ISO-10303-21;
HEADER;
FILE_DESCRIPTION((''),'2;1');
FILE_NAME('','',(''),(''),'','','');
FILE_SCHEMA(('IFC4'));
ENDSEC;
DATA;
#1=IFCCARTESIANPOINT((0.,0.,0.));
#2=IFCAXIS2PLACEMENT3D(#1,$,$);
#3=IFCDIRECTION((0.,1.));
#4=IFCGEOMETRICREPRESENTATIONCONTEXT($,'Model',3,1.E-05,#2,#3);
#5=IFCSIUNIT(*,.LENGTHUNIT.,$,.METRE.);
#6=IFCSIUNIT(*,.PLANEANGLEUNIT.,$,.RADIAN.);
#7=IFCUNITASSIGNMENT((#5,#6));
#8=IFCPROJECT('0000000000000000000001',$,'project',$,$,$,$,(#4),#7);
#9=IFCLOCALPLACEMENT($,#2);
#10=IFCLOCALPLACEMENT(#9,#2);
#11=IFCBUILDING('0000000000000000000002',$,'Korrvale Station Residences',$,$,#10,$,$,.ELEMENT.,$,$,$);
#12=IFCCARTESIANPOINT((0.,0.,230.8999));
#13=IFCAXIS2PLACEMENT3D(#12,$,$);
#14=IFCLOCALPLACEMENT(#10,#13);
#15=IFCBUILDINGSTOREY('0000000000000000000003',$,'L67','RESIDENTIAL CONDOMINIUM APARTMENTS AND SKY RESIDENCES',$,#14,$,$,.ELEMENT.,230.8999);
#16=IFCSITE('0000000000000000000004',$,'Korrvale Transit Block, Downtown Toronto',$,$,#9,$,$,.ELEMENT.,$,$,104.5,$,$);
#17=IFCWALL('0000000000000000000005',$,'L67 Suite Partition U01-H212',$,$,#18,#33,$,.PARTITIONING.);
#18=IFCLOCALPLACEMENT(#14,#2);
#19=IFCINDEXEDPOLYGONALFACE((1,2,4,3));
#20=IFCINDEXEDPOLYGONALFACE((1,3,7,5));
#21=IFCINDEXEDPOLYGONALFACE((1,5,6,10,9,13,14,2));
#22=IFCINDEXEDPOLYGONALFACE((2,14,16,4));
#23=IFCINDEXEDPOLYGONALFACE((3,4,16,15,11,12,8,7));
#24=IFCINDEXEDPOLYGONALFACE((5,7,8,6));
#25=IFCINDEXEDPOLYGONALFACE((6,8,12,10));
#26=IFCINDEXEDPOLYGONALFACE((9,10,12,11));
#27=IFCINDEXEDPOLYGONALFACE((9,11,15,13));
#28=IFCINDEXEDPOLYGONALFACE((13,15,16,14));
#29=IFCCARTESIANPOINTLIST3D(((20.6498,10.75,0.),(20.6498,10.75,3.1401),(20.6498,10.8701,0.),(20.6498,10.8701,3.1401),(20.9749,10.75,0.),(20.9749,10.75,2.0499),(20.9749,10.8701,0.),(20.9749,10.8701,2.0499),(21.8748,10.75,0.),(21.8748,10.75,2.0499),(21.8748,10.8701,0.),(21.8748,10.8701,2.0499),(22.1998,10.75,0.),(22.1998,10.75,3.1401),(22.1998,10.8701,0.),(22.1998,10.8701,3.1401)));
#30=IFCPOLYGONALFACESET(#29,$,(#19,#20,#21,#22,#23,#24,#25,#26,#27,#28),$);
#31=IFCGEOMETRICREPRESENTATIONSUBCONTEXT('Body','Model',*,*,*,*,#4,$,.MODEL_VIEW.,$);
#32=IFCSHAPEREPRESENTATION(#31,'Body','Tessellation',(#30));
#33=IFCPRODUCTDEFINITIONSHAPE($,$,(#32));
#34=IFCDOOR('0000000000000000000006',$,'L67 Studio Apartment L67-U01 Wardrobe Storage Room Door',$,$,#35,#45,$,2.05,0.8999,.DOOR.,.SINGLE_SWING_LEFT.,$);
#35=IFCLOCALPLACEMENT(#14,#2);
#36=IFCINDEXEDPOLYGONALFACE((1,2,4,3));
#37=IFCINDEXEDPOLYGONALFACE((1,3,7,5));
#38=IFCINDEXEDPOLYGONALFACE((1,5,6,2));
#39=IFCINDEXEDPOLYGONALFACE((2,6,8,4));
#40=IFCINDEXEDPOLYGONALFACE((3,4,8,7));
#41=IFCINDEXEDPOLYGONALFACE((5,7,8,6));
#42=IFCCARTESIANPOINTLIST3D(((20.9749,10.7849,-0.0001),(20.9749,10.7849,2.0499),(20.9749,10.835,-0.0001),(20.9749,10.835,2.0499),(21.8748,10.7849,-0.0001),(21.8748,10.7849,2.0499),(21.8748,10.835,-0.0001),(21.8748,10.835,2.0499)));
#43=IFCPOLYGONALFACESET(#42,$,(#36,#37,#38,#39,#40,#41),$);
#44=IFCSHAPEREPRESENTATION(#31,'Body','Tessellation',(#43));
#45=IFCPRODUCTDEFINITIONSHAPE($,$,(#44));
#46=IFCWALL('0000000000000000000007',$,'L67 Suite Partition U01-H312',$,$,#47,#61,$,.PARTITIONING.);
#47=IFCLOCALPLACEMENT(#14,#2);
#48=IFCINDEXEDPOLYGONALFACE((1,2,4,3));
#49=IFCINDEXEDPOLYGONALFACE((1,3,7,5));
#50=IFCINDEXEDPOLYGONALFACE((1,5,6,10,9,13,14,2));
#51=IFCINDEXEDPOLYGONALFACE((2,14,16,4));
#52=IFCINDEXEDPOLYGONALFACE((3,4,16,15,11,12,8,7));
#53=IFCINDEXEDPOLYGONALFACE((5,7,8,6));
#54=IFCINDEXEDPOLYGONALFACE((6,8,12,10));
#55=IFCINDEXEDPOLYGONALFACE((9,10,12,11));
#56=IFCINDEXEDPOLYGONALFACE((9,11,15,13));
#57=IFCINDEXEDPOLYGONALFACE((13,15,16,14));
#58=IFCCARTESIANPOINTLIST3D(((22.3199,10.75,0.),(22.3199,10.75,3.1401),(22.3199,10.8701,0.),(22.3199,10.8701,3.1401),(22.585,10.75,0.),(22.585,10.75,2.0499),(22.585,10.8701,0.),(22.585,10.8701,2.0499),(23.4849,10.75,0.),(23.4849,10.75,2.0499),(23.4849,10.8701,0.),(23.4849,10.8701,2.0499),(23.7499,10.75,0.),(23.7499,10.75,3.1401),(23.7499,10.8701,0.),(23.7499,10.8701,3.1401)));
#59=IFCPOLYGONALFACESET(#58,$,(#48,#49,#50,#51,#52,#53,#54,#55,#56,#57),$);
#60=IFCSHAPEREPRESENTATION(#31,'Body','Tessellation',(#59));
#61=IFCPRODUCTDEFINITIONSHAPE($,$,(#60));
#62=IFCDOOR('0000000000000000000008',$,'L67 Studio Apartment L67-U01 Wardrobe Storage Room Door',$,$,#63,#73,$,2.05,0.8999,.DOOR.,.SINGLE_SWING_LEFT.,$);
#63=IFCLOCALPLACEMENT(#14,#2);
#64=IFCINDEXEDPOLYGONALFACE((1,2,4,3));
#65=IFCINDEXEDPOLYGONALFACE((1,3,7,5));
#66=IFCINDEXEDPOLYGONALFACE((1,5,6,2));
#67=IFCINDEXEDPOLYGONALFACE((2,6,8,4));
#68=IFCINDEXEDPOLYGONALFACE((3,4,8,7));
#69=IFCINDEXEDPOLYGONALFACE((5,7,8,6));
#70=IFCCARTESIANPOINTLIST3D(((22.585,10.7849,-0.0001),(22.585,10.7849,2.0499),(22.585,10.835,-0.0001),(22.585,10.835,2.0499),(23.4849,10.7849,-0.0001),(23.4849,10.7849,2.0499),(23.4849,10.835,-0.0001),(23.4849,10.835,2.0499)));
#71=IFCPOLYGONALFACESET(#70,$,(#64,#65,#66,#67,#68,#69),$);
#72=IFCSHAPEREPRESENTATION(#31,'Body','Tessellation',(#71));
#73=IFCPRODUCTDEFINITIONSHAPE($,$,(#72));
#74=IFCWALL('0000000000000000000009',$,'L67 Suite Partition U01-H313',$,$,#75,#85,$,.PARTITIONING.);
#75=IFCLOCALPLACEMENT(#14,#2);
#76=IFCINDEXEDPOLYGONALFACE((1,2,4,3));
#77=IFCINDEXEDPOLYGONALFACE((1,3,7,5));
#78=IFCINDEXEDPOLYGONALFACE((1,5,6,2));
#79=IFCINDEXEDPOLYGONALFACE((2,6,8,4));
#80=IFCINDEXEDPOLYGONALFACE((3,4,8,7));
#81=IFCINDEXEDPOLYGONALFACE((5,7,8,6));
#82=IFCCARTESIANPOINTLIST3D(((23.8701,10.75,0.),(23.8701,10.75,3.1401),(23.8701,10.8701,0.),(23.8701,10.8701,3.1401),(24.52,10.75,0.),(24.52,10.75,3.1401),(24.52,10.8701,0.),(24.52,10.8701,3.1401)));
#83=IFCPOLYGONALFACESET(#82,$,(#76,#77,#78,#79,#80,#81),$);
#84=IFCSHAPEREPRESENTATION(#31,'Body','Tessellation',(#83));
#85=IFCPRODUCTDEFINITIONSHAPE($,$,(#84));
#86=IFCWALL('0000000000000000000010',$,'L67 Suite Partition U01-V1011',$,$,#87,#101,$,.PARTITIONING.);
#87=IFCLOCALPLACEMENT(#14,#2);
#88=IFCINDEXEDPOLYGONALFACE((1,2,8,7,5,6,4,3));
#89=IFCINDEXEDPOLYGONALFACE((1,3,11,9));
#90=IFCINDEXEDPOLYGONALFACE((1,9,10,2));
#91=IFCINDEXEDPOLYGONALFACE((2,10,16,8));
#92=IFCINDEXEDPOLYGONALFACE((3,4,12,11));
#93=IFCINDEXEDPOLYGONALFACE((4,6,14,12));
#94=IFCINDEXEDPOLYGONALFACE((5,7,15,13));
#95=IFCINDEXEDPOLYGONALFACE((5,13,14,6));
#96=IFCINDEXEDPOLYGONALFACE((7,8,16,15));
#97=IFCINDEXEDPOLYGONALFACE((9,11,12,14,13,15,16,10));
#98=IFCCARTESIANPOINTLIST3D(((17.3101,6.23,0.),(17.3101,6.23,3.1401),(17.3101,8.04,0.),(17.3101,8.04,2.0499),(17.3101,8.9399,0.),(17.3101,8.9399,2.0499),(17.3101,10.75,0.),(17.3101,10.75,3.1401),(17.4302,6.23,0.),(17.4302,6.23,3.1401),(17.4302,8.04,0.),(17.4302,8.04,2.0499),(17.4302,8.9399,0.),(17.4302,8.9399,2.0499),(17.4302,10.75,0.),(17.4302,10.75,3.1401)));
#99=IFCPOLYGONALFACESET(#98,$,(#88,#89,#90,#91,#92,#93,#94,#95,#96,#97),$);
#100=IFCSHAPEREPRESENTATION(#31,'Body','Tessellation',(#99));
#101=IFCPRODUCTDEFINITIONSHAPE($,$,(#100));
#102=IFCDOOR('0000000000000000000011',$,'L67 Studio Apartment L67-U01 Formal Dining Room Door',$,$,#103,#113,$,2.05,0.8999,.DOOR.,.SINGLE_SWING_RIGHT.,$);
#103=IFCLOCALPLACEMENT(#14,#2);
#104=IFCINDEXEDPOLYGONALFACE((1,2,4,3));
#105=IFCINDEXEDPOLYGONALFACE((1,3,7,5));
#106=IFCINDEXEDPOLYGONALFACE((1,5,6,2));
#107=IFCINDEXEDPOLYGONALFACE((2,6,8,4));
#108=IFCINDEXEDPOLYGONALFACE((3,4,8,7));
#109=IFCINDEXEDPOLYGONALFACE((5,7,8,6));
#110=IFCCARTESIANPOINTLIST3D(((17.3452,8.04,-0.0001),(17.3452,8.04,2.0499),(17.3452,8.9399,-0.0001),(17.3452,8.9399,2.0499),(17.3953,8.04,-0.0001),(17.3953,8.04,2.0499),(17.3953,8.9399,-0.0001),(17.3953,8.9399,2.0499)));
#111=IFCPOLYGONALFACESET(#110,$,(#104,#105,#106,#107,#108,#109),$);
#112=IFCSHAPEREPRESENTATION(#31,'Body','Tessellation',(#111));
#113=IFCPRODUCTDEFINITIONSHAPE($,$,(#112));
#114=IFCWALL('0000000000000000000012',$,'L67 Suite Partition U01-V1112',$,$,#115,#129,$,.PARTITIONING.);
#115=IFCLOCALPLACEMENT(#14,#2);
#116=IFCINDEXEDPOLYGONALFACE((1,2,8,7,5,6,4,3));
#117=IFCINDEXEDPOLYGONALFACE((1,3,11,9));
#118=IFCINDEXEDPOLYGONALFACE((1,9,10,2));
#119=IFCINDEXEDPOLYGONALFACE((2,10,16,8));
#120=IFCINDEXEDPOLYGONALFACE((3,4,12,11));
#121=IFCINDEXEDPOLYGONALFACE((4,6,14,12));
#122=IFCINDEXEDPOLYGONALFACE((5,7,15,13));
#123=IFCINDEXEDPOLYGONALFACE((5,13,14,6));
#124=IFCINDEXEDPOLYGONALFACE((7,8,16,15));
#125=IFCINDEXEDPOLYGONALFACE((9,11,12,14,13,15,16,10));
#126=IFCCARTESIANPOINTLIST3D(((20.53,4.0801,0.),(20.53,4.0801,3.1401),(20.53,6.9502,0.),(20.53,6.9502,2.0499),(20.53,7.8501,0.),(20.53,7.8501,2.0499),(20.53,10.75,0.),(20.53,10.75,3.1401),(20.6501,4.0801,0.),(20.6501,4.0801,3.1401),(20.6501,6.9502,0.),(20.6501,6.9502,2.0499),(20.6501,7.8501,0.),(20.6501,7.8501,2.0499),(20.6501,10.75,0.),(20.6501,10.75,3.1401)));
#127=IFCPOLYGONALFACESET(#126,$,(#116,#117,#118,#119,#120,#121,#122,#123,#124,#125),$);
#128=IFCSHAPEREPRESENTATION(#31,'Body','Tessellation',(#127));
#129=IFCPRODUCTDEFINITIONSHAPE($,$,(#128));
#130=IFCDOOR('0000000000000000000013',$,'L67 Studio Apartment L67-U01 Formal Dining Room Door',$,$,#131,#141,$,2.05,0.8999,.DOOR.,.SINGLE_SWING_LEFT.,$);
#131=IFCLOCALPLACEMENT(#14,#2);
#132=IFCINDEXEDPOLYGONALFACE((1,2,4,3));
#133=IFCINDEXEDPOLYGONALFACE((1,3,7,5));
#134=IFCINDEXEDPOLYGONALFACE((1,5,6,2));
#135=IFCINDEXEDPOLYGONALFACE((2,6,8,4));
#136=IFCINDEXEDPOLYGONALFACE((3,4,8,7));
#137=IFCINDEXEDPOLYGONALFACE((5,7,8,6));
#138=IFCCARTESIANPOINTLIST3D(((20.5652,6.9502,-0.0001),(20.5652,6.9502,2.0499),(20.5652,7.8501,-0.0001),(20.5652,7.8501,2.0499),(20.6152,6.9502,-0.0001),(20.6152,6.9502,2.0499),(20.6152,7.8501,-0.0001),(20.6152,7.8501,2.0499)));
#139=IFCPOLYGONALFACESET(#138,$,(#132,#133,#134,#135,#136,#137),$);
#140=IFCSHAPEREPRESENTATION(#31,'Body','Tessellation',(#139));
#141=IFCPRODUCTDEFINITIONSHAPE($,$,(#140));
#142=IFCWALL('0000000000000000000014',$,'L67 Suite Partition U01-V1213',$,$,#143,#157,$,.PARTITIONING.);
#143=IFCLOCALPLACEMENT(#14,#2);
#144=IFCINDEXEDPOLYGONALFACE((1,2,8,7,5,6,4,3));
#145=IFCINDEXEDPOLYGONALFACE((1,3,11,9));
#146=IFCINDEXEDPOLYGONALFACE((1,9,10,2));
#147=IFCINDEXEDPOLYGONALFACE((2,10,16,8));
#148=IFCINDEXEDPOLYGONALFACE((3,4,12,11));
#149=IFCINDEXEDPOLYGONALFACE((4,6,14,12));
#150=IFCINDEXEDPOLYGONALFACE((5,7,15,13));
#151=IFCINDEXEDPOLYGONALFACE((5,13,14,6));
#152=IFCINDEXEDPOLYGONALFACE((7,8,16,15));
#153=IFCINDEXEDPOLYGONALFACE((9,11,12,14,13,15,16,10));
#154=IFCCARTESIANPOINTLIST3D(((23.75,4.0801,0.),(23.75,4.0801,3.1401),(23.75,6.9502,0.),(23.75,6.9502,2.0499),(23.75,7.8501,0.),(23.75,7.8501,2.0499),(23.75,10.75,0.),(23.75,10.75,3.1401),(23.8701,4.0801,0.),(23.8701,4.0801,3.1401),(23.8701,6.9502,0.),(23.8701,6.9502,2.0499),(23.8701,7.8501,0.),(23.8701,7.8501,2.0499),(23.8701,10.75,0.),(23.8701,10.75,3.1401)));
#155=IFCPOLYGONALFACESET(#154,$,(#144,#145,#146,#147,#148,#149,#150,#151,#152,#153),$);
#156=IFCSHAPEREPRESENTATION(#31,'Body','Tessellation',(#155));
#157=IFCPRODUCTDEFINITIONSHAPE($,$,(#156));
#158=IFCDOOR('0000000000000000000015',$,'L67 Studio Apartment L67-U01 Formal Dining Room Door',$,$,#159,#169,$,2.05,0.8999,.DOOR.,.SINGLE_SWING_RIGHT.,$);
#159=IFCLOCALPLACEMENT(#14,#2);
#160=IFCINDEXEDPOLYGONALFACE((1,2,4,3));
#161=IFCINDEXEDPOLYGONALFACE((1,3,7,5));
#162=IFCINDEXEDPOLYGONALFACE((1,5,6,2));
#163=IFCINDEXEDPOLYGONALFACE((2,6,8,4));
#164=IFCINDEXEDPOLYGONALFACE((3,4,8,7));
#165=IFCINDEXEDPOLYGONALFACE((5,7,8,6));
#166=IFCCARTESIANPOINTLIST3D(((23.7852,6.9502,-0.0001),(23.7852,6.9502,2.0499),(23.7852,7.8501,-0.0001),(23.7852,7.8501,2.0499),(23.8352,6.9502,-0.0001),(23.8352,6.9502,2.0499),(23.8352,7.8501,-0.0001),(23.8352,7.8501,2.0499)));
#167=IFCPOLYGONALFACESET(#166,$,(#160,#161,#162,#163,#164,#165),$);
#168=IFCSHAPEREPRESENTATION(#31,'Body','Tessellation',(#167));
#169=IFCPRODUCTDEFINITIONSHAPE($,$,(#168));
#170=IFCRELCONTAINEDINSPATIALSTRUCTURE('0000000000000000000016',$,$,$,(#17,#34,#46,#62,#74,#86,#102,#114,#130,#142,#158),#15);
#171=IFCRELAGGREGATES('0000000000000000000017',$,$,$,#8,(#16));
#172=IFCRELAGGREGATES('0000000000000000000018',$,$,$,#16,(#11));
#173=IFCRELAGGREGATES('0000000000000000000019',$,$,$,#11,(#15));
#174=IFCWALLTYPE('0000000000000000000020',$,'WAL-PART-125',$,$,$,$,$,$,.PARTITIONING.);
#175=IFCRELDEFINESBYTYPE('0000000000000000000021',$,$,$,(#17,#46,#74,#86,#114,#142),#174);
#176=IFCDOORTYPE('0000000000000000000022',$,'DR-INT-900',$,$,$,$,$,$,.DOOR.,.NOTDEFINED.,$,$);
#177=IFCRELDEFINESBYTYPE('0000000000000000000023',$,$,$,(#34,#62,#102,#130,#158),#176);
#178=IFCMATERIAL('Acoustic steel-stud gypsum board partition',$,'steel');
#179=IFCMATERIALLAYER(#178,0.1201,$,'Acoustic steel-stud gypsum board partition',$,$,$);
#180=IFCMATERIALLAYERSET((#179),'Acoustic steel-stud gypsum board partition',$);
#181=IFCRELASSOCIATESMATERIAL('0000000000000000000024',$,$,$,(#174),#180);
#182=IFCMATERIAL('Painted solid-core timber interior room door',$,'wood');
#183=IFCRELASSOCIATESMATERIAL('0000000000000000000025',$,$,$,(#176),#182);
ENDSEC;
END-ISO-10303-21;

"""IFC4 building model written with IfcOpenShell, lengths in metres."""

from ifc_helpers import new_model, si_unit, direction, frame, frame_2d, origin, place, context, subcontext, project, spatial, rectangle, extrude, material, layer, layer_set, type_object, element, fill, save


model = new_model("IFC4")

# Units and contexts
model_context = context("Model", 3, precision=1e-05, world=origin(), true_north=direction((0.0, 1.0)))
body_context = subcontext(model_context, "Body", "Model", "MODEL_VIEW")
ifc_project = project(units=[si_unit("LENGTHUNIT", "METRE"), si_unit("PLANEANGLEUNIT", "RADIAN")], contexts=[model_context])

# Site, building, storey
site_placement = place(None, origin())
site = spatial("IfcSite", under=ifc_project, at=site_placement, Name="Korrvale Transit Block, Downtown Toronto", CompositionType="ELEMENT", RefElevation=104.5)
building_placement = place(site_placement, origin())
building = spatial("IfcBuilding", under=site, at=building_placement, Name="Korrvale Station Residences", CompositionType="ELEMENT")
storey_placement = place(building_placement, frame((0.0, 0.0, 230.8999)))
storey = spatial("IfcBuildingStorey", under=building, at=storey_placement, Name="L67", Description="RESIDENTIAL CONDOMINIUM APARTMENTS AND SKY RESIDENCES", CompositionType="ELEMENT", Elevation=230.8999)

# Shared definitions
ifc_material_1 = material(Name="Acoustic steel-stud gypsum board partition", Category="steel")
ifc_layer_1 = layer(ifc_material_1, 0.1201, Name="Acoustic steel-stud gypsum board partition")
ifc_layer_set_1 = layer_set([ifc_layer_1], Name="Acoustic steel-stud gypsum board partition")
wall_type_1 = type_object("IfcWallType", Name="WAL-PART-125", PredefinedType="PARTITIONING", material=ifc_layer_set_1)
ifc_material_2 = material(Name="Painted solid-core timber interior room door", Category="wood")
door_type_1 = type_object("IfcDoorType", Name="DR-INT-900", OperationType="NOTDEFINED", PredefinedType="DOOR", material=ifc_material_2)

# Walls, openings, doors
wall_1_placement = place(storey_placement, frame((20.6499, 10.8101, 0.0), z_axis=(0.0, 0.0, 1.0), x_axis=(1.0, 0.0, 0.0)))
wall_1 = element("IfcWall", 1, at=wall_1_placement, inside=storey, type_object=wall_type_1, Name="L67 Suite Partition U01-H212", PredefinedType="PARTITIONING", context=body_context, shape_type="SweptSolid", body=[
    extrude(rectangle(XDim=1.55, YDim=0.1201, at=frame_2d((0.7749, 0.0))), origin(), (0.0, 0.0, 1.0), 3.1401),
])
opening_1_placement = place(wall_1_placement, frame((0.325, 0.0, 0.0)))
opening_1 = element("IfcOpeningElement", 2, at=opening_1_placement, cuts=wall_1, PredefinedType="OPENING", context=body_context, shape_type="SweptSolid", body=[
    extrude(rectangle(XDim=0.8999, YDim=2.05, at=frame_2d((0.45, 1.0249))), frame((0.0, 0.0701, 0.0), z_axis=(0.0, -1.0, 0.0), x_axis=(1.0, 0.0, 0.0)), (0.0, 0.0, 1.0), 0.1401),
])
door_1_placement = place(opening_1_placement, origin())
door_1 = element("IfcDoor", 3, at=door_1_placement, inside=storey, type_object=door_type_1, Name="L67 Studio Apartment L67-U01 Wardrobe Storage Room Door", OperationType="SINGLE_SWING_LEFT", OverallHeight=2.05, OverallWidth=0.8999, PredefinedType="DOOR", context=body_context, shape_type="SweptSolid", body=[
    extrude(rectangle(XDim=0.8999, YDim=2.05, at=frame_2d((0.45, 1.0249))), frame((0.0, 0.0249, 0.0), z_axis=(0.0, -1.0, 0.0), x_axis=(1.0, 0.0, 0.0)), (0.0, 0.0, 1.0), 0.05),
])
fill(opening_1, door_1)
wall_2_placement = place(storey_placement, frame((22.3201, 10.8101, 0.0), z_axis=(0.0, 0.0, 1.0), x_axis=(1.0, 0.0, 0.0)))
wall_2 = element("IfcWall", 4, at=wall_2_placement, inside=storey, type_object=wall_type_1, Name="L67 Suite Partition U01-H312", PredefinedType="PARTITIONING", context=body_context, shape_type="SweptSolid", body=[
    extrude(rectangle(XDim=1.4299, YDim=0.1201, at=frame_2d((0.7148, 0.0))), origin(), (0.0, 0.0, 1.0), 3.1401),
])
opening_2_placement = place(wall_2_placement, frame((0.2649, 0.0, 0.0)))
opening_2 = element("IfcOpeningElement", 5, at=opening_2_placement, cuts=wall_2, PredefinedType="OPENING", context=body_context, shape_type="SweptSolid", body=[
    extrude(rectangle(XDim=0.8999, YDim=2.05, at=frame_2d((0.45, 1.0249))), frame((0.0, 0.0701, 0.0), z_axis=(0.0, -1.0, 0.0), x_axis=(1.0, 0.0, 0.0)), (0.0, 0.0, 1.0), 0.1401),
])
door_2_placement = place(opening_2_placement, origin())
door_2 = element("IfcDoor", 6, at=door_2_placement, inside=storey, type_object=door_type_1, Name="L67 Studio Apartment L67-U01 Wardrobe Storage Room Door", OperationType="SINGLE_SWING_LEFT", OverallHeight=2.05, OverallWidth=0.8999, PredefinedType="DOOR", context=body_context, shape_type="SweptSolid", body=[
    extrude(rectangle(XDim=0.8999, YDim=2.05, at=frame_2d((0.45, 1.0249))), frame((0.0, 0.0249, 0.0), z_axis=(0.0, -1.0, 0.0), x_axis=(1.0, 0.0, 0.0)), (0.0, 0.0, 1.0), 0.05),
])
fill(opening_2, door_2)

# Wall
wall_3_placement = place(storey_placement, frame((23.8701, 10.8101, 0.0), z_axis=(0.0, 0.0, 1.0), x_axis=(1.0, 0.0, 0.0)))
element("IfcWall", 7, at=wall_3_placement, inside=storey, type_object=wall_type_1, Name="L67 Suite Partition U01-H313", PredefinedType="PARTITIONING", context=body_context, shape_type="SweptSolid", body=[
    extrude(rectangle(XDim=0.6499, YDim=0.1201, at=frame_2d((0.325, 0.0))), origin(), (0.0, 0.0, 1.0), 3.1401),
])

# Walls, openings, doors
wall_4_placement = place(storey_placement, frame((17.3701, 6.23, 0.0), z_axis=(0.0, 0.0, 1.0), x_axis=(0.0, 1.0, 0.0)))
wall_4 = element("IfcWall", 8, at=wall_4_placement, inside=storey, type_object=wall_type_1, Name="L67 Suite Partition U01-V1011", PredefinedType="PARTITIONING", context=body_context, shape_type="SweptSolid", body=[
    extrude(rectangle(XDim=4.52, YDim=0.1201, at=frame_2d((2.26, 0.0))), origin(), (0.0, 0.0, 1.0), 3.1401),
])
opening_3_placement = place(wall_4_placement, frame((1.8101, 0.0, 0.0)))
opening_3 = element("IfcOpeningElement", 9, at=opening_3_placement, cuts=wall_4, PredefinedType="OPENING", context=body_context, shape_type="SweptSolid", body=[
    extrude(rectangle(XDim=0.8999, YDim=2.05, at=frame_2d((0.45, 1.0249))), frame((0.0, 0.0701, 0.0), z_axis=(0.0, -1.0, 0.0), x_axis=(1.0, 0.0, 0.0)), (0.0, 0.0, 1.0), 0.1401),
])
door_3_placement = place(opening_3_placement, origin())
door_3 = element("IfcDoor", 10, at=door_3_placement, inside=storey, type_object=door_type_1, Name="L67 Studio Apartment L67-U01 Formal Dining Room Door", OperationType="SINGLE_SWING_RIGHT", OverallHeight=2.05, OverallWidth=0.8999, PredefinedType="DOOR", context=body_context, shape_type="SweptSolid", body=[
    extrude(rectangle(XDim=0.8999, YDim=2.05, at=frame_2d((0.45, 1.0249))), frame((0.0, 0.0249, 0.0), z_axis=(0.0, -1.0, 0.0), x_axis=(1.0, 0.0, 0.0)), (0.0, 0.0, 1.0), 0.05),
])
fill(opening_3, door_3)
wall_5_placement = place(storey_placement, frame((20.5901, 4.0801, 0.0), z_axis=(0.0, 0.0, 1.0), x_axis=(0.0, 1.0, 0.0)))
wall_5 = element("IfcWall", 11, at=wall_5_placement, inside=storey, type_object=wall_type_1, Name="L67 Suite Partition U01-V1112", PredefinedType="PARTITIONING", context=body_context, shape_type="SweptSolid", body=[
    extrude(rectangle(XDim=6.6699, YDim=0.1201, at=frame_2d((3.335, 0.0))), origin(), (0.0, 0.0, 1.0), 3.1401),
])
opening_4_placement = place(wall_5_placement, frame((2.8701, 0.0, 0.0)))
opening_4 = element("IfcOpeningElement", 12, at=opening_4_placement, cuts=wall_5, PredefinedType="OPENING", context=body_context, shape_type="SweptSolid", body=[
    extrude(rectangle(XDim=0.8999, YDim=2.05, at=frame_2d((0.45, 1.0249))), frame((0.0, 0.0701, 0.0), z_axis=(0.0, -1.0, 0.0), x_axis=(1.0, 0.0, 0.0)), (0.0, 0.0, 1.0), 0.1401),
])
door_4_placement = place(opening_4_placement, origin())
door_4 = element("IfcDoor", 13, at=door_4_placement, inside=storey, type_object=door_type_1, Name="L67 Studio Apartment L67-U01 Formal Dining Room Door", OperationType="SINGLE_SWING_LEFT", OverallHeight=2.05, OverallWidth=0.8999, PredefinedType="DOOR", context=body_context, shape_type="SweptSolid", body=[
    extrude(rectangle(XDim=0.8999, YDim=2.05, at=frame_2d((0.45, 1.0249))), frame((0.0, 0.0249, 0.0), z_axis=(0.0, -1.0, 0.0), x_axis=(1.0, 0.0, 0.0)), (0.0, 0.0, 1.0), 0.05),
])
fill(opening_4, door_4)
wall_6_placement = place(storey_placement, frame((23.8101, 4.0801, 0.0), z_axis=(0.0, 0.0, 1.0), x_axis=(0.0, 1.0, 0.0)))
wall_6 = element("IfcWall", 14, at=wall_6_placement, inside=storey, type_object=wall_type_1, Name="L67 Suite Partition U01-V1213", PredefinedType="PARTITIONING", context=body_context, shape_type="SweptSolid", body=[
    extrude(rectangle(XDim=6.6699, YDim=0.1201, at=frame_2d((3.335, 0.0))), origin(), (0.0, 0.0, 1.0), 3.1401),
])
opening_5_placement = place(wall_6_placement, frame((2.8701, 0.0, 0.0)))
opening_5 = element("IfcOpeningElement", 15, at=opening_5_placement, cuts=wall_6, PredefinedType="OPENING", context=body_context, shape_type="SweptSolid", body=[
    extrude(rectangle(XDim=0.8999, YDim=2.05, at=frame_2d((0.45, 1.0249))), frame((0.0, 0.0701, 0.0), z_axis=(0.0, -1.0, 0.0), x_axis=(1.0, 0.0, 0.0)), (0.0, 0.0, 1.0), 0.1401),
])
door_5_placement = place(opening_5_placement, origin())
door_5 = element("IfcDoor", 16, at=door_5_placement, inside=storey, type_object=door_type_1, Name="L67 Studio Apartment L67-U01 Formal Dining Room Door", OperationType="SINGLE_SWING_RIGHT", OverallHeight=2.05, OverallWidth=0.8999, PredefinedType="DOOR", context=body_context, shape_type="SweptSolid", body=[
    extrude(rectangle(XDim=0.8999, YDim=2.05, at=frame_2d((0.45, 1.0249))), frame((0.0, 0.0249, 0.0), z_axis=(0.0, -1.0, 0.0), x_axis=(1.0, 0.0, 0.0)), (0.0, 0.0, 1.0), 0.05),
])
fill(opening_5, door_5)

save(model, "model.ifc")
